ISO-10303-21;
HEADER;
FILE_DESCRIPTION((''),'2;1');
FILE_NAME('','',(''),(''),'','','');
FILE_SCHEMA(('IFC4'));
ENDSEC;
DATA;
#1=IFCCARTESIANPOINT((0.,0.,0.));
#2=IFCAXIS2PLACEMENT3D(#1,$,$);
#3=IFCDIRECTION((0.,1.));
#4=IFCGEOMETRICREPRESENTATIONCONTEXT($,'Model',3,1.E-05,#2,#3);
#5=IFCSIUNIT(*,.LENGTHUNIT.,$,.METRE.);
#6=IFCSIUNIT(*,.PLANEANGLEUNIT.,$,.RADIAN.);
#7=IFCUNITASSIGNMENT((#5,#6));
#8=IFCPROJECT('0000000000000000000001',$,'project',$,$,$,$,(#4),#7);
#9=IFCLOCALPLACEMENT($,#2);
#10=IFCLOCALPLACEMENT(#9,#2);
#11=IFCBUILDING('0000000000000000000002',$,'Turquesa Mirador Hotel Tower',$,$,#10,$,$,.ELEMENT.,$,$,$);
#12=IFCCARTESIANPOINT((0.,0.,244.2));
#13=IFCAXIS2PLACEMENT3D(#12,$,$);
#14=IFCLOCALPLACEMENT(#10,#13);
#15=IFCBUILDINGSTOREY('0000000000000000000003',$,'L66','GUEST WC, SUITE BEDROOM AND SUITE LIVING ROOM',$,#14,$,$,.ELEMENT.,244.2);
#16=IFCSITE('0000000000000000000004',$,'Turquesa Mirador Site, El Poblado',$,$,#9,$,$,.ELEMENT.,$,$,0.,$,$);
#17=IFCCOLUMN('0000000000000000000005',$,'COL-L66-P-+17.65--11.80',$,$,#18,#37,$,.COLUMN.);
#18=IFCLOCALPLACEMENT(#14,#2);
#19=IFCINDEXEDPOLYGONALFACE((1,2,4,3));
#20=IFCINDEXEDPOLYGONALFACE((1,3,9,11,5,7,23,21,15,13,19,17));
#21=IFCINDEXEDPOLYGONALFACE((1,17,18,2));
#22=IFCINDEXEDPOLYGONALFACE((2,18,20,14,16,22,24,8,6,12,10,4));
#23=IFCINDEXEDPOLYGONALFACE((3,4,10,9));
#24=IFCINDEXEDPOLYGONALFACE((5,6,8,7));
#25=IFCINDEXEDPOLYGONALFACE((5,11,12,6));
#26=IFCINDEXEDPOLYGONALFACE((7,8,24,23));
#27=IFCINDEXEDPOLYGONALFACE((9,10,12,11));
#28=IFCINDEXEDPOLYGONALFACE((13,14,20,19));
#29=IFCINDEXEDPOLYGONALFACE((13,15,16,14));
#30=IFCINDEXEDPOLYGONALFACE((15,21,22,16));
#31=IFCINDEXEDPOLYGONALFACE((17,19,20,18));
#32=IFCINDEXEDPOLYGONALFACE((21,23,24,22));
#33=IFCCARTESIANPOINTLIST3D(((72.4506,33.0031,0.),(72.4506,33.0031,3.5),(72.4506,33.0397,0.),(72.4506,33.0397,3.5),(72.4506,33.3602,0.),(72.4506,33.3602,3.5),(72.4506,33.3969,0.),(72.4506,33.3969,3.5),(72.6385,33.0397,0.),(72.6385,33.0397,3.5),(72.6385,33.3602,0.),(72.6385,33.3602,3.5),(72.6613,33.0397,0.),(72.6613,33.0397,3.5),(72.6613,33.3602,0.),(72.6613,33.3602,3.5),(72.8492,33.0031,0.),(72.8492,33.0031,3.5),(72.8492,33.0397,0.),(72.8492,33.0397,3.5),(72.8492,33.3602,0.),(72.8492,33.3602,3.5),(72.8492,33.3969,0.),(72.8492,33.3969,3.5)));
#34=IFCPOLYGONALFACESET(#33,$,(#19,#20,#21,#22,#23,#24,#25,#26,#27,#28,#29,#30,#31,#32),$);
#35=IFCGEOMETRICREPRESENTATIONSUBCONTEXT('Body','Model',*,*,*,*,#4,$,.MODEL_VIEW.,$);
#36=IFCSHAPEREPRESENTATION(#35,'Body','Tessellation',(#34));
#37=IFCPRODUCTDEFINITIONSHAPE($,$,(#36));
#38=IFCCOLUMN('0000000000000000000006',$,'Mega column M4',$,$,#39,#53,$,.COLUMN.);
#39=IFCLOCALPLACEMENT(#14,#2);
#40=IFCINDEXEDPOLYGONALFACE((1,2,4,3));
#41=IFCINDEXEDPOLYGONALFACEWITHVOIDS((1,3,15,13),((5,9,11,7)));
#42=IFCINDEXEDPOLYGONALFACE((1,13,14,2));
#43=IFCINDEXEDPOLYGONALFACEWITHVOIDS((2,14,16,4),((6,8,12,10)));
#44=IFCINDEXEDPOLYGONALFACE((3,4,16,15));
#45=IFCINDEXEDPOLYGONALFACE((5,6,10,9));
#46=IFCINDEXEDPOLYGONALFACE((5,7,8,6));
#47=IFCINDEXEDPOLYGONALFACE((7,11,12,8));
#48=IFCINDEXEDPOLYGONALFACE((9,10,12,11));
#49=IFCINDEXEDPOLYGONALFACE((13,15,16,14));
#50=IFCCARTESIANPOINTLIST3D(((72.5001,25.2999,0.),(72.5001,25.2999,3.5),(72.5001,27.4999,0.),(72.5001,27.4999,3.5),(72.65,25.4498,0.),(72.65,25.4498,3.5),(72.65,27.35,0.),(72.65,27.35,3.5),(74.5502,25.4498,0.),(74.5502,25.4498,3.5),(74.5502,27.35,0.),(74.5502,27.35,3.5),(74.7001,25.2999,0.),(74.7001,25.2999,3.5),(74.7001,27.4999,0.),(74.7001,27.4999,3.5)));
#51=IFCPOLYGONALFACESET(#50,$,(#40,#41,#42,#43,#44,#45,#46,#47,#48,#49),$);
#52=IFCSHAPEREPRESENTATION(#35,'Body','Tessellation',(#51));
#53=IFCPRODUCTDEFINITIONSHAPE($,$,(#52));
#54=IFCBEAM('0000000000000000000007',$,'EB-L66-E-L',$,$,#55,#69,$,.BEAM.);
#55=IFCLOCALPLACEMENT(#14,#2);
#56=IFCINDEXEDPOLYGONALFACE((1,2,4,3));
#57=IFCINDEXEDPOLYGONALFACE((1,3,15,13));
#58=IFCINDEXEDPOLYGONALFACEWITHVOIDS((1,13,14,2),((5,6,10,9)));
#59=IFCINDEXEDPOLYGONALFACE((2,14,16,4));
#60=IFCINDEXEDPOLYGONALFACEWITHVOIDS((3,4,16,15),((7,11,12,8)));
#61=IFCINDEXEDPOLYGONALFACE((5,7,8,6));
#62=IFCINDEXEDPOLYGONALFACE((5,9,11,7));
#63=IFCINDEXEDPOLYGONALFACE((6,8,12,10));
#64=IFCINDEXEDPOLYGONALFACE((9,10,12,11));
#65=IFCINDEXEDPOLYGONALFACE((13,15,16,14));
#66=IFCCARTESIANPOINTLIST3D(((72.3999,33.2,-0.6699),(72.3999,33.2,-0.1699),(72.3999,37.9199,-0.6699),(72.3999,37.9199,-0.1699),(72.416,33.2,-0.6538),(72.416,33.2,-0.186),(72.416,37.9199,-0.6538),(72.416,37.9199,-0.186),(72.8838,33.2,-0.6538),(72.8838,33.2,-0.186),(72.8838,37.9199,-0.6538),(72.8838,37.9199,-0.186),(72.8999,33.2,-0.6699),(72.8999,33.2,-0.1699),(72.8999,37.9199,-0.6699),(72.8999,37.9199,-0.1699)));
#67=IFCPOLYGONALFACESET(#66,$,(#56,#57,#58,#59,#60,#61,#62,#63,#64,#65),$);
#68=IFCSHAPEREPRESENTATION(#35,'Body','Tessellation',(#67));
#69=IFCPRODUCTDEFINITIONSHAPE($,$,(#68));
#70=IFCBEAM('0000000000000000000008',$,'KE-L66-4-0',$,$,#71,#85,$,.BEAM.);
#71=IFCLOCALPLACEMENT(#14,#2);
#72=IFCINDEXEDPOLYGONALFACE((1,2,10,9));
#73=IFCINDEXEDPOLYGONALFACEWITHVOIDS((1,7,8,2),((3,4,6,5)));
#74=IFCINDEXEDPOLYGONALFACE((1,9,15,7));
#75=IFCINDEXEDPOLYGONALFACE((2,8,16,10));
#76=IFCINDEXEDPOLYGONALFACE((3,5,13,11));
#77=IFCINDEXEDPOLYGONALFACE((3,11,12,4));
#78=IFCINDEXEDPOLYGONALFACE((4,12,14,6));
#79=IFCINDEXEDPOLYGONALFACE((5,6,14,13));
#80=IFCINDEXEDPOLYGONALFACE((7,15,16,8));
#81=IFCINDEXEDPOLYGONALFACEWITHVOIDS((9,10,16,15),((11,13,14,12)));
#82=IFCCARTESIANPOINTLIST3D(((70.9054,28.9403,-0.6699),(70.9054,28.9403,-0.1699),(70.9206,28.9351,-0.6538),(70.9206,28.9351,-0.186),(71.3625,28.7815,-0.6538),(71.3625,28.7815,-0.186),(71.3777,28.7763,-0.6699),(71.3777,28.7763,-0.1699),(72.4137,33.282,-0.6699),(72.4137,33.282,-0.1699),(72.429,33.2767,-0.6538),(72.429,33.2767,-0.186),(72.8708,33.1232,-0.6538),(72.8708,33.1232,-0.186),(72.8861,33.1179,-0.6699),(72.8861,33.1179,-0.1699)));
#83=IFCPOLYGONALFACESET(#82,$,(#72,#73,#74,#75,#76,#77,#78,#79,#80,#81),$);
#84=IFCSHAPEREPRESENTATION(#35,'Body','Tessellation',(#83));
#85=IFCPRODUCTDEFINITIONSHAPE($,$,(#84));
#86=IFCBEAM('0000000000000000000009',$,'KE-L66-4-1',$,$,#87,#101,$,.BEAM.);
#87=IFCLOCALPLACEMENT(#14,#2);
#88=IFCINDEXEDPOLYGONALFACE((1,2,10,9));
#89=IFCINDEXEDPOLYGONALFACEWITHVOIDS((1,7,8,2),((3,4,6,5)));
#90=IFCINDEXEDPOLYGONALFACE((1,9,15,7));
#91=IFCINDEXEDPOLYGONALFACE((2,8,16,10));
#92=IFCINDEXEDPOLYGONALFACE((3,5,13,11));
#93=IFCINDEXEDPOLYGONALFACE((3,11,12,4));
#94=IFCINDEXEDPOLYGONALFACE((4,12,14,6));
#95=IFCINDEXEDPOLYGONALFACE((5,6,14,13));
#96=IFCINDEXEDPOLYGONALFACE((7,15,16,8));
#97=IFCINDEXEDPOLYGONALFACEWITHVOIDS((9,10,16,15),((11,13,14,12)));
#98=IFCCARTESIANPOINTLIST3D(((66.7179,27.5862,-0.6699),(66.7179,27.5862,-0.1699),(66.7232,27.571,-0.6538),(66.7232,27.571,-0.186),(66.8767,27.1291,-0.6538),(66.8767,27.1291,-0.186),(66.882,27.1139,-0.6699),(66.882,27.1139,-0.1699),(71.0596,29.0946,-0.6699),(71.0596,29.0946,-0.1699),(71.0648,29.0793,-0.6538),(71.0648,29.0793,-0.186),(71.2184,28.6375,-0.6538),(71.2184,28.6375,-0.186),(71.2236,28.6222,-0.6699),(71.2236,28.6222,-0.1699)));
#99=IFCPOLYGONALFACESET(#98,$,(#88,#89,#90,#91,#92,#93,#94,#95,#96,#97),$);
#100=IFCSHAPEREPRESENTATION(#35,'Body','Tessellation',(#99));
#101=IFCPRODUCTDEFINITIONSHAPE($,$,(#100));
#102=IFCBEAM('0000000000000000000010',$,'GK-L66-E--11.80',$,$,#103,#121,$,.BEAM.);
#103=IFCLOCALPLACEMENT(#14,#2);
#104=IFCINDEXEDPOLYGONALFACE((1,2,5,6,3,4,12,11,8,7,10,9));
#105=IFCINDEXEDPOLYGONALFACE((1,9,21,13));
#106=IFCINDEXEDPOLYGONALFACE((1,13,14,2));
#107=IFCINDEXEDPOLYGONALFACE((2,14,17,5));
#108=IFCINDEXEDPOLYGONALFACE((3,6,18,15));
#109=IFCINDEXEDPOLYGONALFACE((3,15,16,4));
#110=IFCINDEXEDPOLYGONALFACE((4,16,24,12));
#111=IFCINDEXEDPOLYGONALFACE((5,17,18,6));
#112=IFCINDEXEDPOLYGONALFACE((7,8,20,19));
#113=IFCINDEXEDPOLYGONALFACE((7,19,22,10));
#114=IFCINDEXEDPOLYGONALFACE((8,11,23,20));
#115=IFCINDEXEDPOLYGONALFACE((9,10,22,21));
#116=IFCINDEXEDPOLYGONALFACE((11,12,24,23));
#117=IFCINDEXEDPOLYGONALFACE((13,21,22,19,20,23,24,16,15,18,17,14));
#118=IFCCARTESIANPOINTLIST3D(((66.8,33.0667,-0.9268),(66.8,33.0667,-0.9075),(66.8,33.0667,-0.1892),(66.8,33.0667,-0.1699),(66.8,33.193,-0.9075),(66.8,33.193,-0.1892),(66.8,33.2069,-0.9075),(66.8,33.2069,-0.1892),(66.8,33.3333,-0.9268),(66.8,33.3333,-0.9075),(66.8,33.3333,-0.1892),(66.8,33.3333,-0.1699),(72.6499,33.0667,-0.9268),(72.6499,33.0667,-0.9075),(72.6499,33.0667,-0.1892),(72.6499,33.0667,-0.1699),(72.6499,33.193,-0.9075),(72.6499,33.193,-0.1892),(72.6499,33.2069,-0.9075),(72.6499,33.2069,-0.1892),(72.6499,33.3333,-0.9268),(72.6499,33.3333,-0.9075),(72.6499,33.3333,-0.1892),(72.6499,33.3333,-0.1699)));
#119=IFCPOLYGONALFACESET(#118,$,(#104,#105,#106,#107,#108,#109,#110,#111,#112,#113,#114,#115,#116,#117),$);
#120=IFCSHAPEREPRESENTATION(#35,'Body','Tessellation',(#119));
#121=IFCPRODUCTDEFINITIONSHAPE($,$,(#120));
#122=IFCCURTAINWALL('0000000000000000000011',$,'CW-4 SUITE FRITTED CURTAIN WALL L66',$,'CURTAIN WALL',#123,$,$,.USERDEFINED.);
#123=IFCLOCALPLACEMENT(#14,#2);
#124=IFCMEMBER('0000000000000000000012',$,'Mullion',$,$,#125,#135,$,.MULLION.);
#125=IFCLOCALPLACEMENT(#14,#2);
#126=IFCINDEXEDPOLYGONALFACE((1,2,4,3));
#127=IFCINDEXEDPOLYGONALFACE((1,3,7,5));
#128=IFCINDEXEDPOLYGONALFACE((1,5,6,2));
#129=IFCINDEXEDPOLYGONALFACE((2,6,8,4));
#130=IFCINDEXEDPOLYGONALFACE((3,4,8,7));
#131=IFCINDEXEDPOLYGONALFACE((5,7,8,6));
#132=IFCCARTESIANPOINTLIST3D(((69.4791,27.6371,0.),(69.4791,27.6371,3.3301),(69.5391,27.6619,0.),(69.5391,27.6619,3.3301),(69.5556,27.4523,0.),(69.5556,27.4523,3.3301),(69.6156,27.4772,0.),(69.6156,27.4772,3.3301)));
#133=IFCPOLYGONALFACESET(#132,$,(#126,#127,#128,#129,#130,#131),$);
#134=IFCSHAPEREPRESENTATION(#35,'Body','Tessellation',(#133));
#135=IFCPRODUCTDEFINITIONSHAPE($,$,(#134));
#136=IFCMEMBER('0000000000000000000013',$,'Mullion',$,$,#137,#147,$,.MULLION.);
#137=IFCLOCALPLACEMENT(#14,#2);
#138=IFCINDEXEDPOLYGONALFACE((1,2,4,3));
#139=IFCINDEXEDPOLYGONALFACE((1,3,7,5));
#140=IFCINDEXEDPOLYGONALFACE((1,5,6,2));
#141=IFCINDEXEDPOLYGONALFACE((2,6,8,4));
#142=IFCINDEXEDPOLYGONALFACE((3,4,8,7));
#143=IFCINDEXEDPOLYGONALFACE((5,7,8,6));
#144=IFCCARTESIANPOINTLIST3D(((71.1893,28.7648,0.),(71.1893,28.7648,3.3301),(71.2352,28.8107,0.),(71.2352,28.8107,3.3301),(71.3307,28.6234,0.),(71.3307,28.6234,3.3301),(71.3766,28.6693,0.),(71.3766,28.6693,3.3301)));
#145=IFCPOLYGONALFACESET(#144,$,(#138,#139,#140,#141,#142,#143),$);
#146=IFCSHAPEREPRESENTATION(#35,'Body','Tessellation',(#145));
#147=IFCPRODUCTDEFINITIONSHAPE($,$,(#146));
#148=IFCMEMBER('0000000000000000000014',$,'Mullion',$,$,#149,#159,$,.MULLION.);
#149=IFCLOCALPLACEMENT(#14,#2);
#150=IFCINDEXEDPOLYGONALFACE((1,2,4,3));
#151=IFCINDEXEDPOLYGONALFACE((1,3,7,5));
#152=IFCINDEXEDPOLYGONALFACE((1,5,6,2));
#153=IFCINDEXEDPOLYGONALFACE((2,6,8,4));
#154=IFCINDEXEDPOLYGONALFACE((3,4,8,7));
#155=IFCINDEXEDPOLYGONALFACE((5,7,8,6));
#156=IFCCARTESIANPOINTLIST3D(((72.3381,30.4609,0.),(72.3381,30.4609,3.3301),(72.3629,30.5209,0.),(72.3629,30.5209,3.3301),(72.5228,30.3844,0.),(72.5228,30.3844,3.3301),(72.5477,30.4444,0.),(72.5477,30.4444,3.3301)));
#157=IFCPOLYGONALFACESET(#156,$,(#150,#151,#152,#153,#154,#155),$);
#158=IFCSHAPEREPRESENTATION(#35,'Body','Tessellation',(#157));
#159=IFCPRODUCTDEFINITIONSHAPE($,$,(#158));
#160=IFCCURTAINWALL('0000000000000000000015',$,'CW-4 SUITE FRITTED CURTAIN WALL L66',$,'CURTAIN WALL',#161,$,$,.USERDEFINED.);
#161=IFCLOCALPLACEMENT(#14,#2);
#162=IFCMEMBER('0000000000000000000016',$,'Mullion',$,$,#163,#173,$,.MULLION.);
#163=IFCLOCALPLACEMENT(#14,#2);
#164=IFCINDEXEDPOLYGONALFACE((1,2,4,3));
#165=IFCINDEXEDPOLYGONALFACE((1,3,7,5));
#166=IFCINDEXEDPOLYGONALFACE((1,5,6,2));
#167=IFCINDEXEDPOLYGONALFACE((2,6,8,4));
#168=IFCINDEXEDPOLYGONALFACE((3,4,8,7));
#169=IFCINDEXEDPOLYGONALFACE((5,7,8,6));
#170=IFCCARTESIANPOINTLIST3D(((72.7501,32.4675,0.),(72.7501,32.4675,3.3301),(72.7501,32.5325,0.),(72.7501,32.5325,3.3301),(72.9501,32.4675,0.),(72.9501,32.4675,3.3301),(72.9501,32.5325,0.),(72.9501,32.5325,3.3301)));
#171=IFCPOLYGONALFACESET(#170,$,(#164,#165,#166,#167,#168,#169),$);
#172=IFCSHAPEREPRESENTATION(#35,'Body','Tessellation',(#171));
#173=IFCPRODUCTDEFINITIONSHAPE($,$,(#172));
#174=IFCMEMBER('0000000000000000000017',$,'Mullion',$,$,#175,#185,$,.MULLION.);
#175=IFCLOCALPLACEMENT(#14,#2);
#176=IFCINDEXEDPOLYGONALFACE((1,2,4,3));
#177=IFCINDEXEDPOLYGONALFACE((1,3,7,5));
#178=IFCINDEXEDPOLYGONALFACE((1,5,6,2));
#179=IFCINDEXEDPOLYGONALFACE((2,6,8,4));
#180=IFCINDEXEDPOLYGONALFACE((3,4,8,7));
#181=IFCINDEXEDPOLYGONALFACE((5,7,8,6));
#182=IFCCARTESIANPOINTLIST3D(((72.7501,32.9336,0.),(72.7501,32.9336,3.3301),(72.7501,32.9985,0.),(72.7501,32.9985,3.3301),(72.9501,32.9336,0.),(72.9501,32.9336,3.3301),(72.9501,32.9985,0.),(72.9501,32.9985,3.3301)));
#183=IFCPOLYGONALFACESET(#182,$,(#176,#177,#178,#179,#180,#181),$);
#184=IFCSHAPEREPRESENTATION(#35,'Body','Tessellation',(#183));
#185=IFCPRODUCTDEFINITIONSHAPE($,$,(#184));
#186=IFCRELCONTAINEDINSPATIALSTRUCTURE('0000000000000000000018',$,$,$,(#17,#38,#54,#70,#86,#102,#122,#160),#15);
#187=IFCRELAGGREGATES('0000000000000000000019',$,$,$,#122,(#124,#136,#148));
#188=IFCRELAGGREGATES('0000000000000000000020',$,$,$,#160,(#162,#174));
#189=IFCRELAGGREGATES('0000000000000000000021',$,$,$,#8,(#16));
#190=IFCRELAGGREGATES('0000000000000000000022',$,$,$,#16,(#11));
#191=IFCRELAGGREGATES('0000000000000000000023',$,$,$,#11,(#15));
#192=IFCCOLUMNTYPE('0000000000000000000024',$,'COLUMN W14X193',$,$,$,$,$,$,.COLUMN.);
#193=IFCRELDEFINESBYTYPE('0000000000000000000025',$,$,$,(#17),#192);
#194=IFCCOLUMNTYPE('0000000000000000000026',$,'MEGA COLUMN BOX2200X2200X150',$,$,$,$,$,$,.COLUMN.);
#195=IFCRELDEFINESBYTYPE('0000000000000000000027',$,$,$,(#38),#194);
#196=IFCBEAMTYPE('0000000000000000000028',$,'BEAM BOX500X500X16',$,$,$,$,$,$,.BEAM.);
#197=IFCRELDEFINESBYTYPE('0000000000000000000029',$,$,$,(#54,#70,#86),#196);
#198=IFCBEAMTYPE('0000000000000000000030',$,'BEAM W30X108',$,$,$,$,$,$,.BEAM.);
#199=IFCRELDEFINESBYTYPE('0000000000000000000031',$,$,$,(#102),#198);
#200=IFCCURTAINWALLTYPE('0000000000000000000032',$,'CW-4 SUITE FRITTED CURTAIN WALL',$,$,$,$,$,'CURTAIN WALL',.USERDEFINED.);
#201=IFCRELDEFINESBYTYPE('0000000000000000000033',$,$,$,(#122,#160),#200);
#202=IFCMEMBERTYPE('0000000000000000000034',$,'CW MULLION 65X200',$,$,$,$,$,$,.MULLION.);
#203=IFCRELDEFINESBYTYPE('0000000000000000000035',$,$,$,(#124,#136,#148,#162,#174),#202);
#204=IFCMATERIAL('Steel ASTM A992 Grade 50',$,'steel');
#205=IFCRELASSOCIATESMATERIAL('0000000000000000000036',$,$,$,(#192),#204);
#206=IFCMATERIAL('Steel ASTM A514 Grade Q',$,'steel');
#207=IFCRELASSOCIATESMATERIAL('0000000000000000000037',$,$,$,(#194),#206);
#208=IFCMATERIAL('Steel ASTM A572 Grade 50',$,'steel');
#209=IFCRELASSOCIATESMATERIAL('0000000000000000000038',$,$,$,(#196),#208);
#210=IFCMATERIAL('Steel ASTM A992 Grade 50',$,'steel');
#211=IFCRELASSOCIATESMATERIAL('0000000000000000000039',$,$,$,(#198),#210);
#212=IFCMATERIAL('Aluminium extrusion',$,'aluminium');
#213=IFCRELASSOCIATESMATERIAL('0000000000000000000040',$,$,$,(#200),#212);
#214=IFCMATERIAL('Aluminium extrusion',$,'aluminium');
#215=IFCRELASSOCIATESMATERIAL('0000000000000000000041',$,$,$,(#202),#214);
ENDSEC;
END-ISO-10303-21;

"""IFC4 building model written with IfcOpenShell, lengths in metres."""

from ifc_helpers import new_model, si_unit, direction, frame, origin, origin_2d, place, context, subcontext, project, spatial, rectangle, hollow_rectangle, i_section, extrude, material, material_profile, profile_set, type_object, element, aggregate, save


model = new_model("IFC4")

# Units and contexts
model_context = context("Model", 3, precision=1e-05, world=origin(), true_north=direction((0.0, 1.0)))
body_context = subcontext(model_context, "Body", "Model", "MODEL_VIEW")
ifc_project = project(units=[si_unit("LENGTHUNIT", "METRE"), si_unit("PLANEANGLEUNIT", "RADIAN")], contexts=[model_context])

# Site, building, storey
site_placement = place(None, origin())
site = spatial("IfcSite", under=ifc_project, at=site_placement, Name="Turquesa Mirador Site, El Poblado", CompositionType="ELEMENT", RefElevation=0.0)
building_placement = place(site_placement, origin())
building = spatial("IfcBuilding", under=site, at=building_placement, Name="Turquesa Mirador Hotel Tower", CompositionType="ELEMENT")
storey_placement = place(building_placement, frame((0.0, 0.0, 244.2)))
storey = spatial("IfcBuildingStorey", under=building, at=storey_placement, Name="L66", Description="GUEST WC, SUITE BEDROOM AND SUITE LIVING ROOM", CompositionType="ELEMENT", Elevation=244.2)

# Columns
ifc_material_1 = material(Name="Steel ASTM A992 Grade 50", Category="steel")
ifc_material_profile_1 = material_profile(ifc_material_1, i_section(OverallWidth=0.3987, OverallDepth=0.3938, WebThickness=0.0227, FlangeThickness=0.0366, at=origin_2d()), Name="W14X193")
ifc_profile_set_1 = profile_set([ifc_material_profile_1], Name="Steel ASTM A992 Grade 50")
column_type_1 = type_object("IfcColumnType", Name="COLUMN W14X193", PredefinedType="COLUMN", material=ifc_profile_set_1)
column_1_placement = place(storey_placement, frame((72.6499, 33.2, 0.0), z_axis=(0.0, 0.0, 1.0), x_axis=(1.0, 0.0, 0.0)))
element("IfcColumn", 1, at=column_1_placement, inside=storey, type_object=column_type_1, Name="COL-L66-P-+17.65--11.80", PredefinedType="COLUMN", context=body_context, shape_type="SweptSolid", body=[
    extrude(i_section(OverallWidth=0.3987, OverallDepth=0.3938, WebThickness=0.0227, FlangeThickness=0.0366, at=origin_2d()), origin(), (0.0, 0.0, 1.0), 3.5),
])
ifc_material_2 = material(Name="Steel ASTM A514 Grade Q", Category="steel")
ifc_material_profile_2 = material_profile(ifc_material_2, hollow_rectangle(XDim=2.2, YDim=2.2, WallThickness=0.1499, at=origin_2d()), Name="BOX2200X2200X150")
ifc_profile_set_2 = profile_set([ifc_material_profile_2], Name="Steel ASTM A514 Grade Q")
column_type_2 = type_object("IfcColumnType", Name="MEGA COLUMN BOX2200X2200X150", PredefinedType="COLUMN", material=ifc_profile_set_2)
column_2_placement = place(storey_placement, frame((73.6001, 26.3999, 0.0), z_axis=(0.0, 0.0, 1.0), x_axis=(1.0, 0.0, 0.0)))
element("IfcColumn", 2, at=column_2_placement, inside=storey, type_object=column_type_2, Name="Mega column M4", PredefinedType="COLUMN", context=body_context, shape_type="SweptSolid", body=[
    extrude(hollow_rectangle(XDim=2.2, YDim=2.2, WallThickness=0.1499, at=origin_2d()), origin(), (0.0, 0.0, 1.0), 3.5),
])

# Beams
ifc_material_3 = material(Name="Steel ASTM A572 Grade 50", Category="steel")
ifc_material_profile_3 = material_profile(ifc_material_3, hollow_rectangle(XDim=0.5, YDim=0.5, WallThickness=0.0161, at=origin_2d()), Name="BOX500X500X16")
ifc_profile_set_3 = profile_set([ifc_material_profile_3], Name="Steel ASTM A572 Grade 50")
beam_type_1 = type_object("IfcBeamType", Name="BEAM BOX500X500X16", PredefinedType="BEAM", material=ifc_profile_set_3)
beam_1_placement = place(storey_placement, frame((72.6499, 33.2, -0.4199), z_axis=(0.0, 1.0, 0.0), x_axis=(-1.0, 0.0, 0.0)))
element("IfcBeam", 3, at=beam_1_placement, inside=storey, type_object=beam_type_1, Name="EB-L66-E-L", PredefinedType="BEAM", context=body_context, shape_type="SweptSolid", body=[
    extrude(hollow_rectangle(XDim=0.5, YDim=0.5, WallThickness=0.0161, at=origin_2d()), origin(), (0.0, 0.0, 1.0), 4.72),
])
for number, where, z_axis, x_axis, name in (
    (4, (72.6499, 33.2, -0.4199), (-0.32817, -0.944619, 0.0), (0.944619, -0.32817, 0.0), "KE-L66-4-0"),
    (5, (71.1416, 28.8584, -0.4199), (-0.944619, -0.32817, 0.0), (0.32817, -0.944619, 0.0), "KE-L66-4-1"),
):
    element("IfcBeam", number, at=place(storey_placement, frame(where, z_axis=z_axis, x_axis=x_axis)), inside=storey, type_object=beam_type_1, Name=name, PredefinedType="BEAM", context=body_context, shape_type="SweptSolid", body=[
        extrude(hollow_rectangle(XDim=0.5, YDim=0.5, WallThickness=0.0161, at=origin_2d()), origin(), (0.0, 0.0, 1.0), 4.5962),
    ])
ifc_material_4 = material(Name="Steel ASTM A992 Grade 50", Category="steel")
ifc_material_profile_4 = material_profile(ifc_material_4, i_section(OverallWidth=0.2666, OverallDepth=0.7568, WebThickness=0.0139, FlangeThickness=0.0193, at=origin_2d()), Name="W30X108")
ifc_profile_set_4 = profile_set([ifc_material_profile_4], Name="Steel ASTM A992 Grade 50")
beam_type_2 = type_object("IfcBeamType", Name="BEAM W30X108", PredefinedType="BEAM", material=ifc_profile_set_4)
beam_2_placement = place(storey_placement, frame((72.6499, 33.2, -0.5483), z_axis=(-1.0, 0.0, 0.0), x_axis=(0.0, -1.0, 0.0)))
element("IfcBeam", 6, at=beam_2_placement, inside=storey, type_object=beam_type_2, Name="GK-L66-E--11.80", PredefinedType="BEAM", context=body_context, shape_type="SweptSolid", body=[
    extrude(i_section(OverallWidth=0.2666, OverallDepth=0.7568, WebThickness=0.0139, FlangeThickness=0.0193, at=origin_2d()), origin(), (0.0, 0.0, 1.0), 5.8499),
])

# Curtain walls, members
ifc_material_5 = material(Name="Aluminium extrusion", Category="aluminium")
curtain_wall_type = type_object("IfcCurtainWallType", Name="CW-4 SUITE FRITTED CURTAIN WALL", ElementType="CURTAIN WALL", PredefinedType="USERDEFINED", material=ifc_material_5)
curtain_wall_1_placement = place(storey_placement, origin())
curtain_wall_1 = element("IfcCurtainWall", 7, at=curtain_wall_1_placement, inside=storey, type_object=curtain_wall_type, Name="CW-4 SUITE FRITTED CURTAIN WALL L66", ObjectType="CURTAIN WALL", PredefinedType="USERDEFINED")
ifc_material_6 = material(Name="Aluminium extrusion", Category="aluminium")
ifc_material_profile_5 = material_profile(ifc_material_6, rectangle(XDim=0.0649, YDim=0.2, at=origin_2d()), Name="MULLION 65X200")
ifc_profile_set_5 = profile_set([ifc_material_profile_5], Name="Aluminium extrusion")
member_type_1 = type_object("IfcMemberType", Name="CW MULLION 65X200", PredefinedType="MULLION", material=ifc_profile_set_5)
member_1_placement = place(storey_placement, frame((69.5474, 27.5571, 0.0), z_axis=(0.0, 0.0, 1.0), x_axis=(0.92388, 0.382683, 0.0)))
member_1 = element("IfcMember", 8, at=member_1_placement, type_object=member_type_1, Name="Mullion", PredefinedType="MULLION", context=body_context, shape_type="SweptSolid", body=[
    extrude(rectangle(XDim=0.0649, YDim=0.2, at=origin_2d()), origin(), (0.0, 0.0, 1.0), 3.3301),
])
member_2_placement = place(storey_placement, frame((71.283, 28.717, 0.0), z_axis=(0.0, 0.0, 1.0), x_axis=(0.707107, 0.707107, 0.0)))
member_2 = element("IfcMember", 9, at=member_2_placement, type_object=member_type_1, Name="Mullion", PredefinedType="MULLION", context=body_context, shape_type="SweptSolid", body=[
    extrude(rectangle(XDim=0.0649, YDim=0.2, at=origin_2d()), origin(), (0.0, 0.0, 1.0), 3.3301),
])
member_3_placement = place(storey_placement, frame((72.4429, 30.4526, 0.0), z_axis=(0.0, 0.0, 1.0), x_axis=(0.382683, 0.92388, 0.0)))
member_3 = element("IfcMember", 10, at=member_3_placement, type_object=member_type_1, Name="Mullion", PredefinedType="MULLION", context=body_context, shape_type="SweptSolid", body=[
    extrude(rectangle(XDim=0.0649, YDim=0.2, at=origin_2d()), origin(), (0.0, 0.0, 1.0), 3.3301),
])
curtain_wall_2_placement = place(storey_placement, origin())
curtain_wall_2 = element("IfcCurtainWall", 11, at=curtain_wall_2_placement, inside=storey, type_object=curtain_wall_type, Name="CW-4 SUITE FRITTED CURTAIN WALL L66", ObjectType="CURTAIN WALL", PredefinedType="USERDEFINED")
member_4_placement = place(storey_placement, frame((72.8501, 32.5, 0.0), z_axis=(0.0, 0.0, 1.0), x_axis=(0.0, 1.0, 0.0)))
member_4 = element("IfcMember", 12, at=member_4_placement, type_object=member_type_1, Name="Mullion", PredefinedType="MULLION", context=body_context, shape_type="SweptSolid", body=[
    extrude(rectangle(XDim=0.0649, YDim=0.2, at=origin_2d()), origin(), (0.0, 0.0, 1.0), 3.3301),
])
member_5_placement = place(storey_placement, frame((72.8501, 32.9661, 0.0), z_axis=(0.0, 0.0, 1.0), x_axis=(0.0, 1.0, 0.0)))
member_5 = element("IfcMember", 13, at=member_5_placement, type_object=member_type_1, Name="Mullion", PredefinedType="MULLION", context=body_context, shape_type="SweptSolid", body=[
    extrude(rectangle(XDim=0.0649, YDim=0.2, at=origin_2d()), origin(), (0.0, 0.0, 1.0), 3.3301),
])

aggregate(curtain_wall_1, [member_1, member_2, member_3])
aggregate(curtain_wall_2, [member_4, member_5])

save(model, "model.ifc")
